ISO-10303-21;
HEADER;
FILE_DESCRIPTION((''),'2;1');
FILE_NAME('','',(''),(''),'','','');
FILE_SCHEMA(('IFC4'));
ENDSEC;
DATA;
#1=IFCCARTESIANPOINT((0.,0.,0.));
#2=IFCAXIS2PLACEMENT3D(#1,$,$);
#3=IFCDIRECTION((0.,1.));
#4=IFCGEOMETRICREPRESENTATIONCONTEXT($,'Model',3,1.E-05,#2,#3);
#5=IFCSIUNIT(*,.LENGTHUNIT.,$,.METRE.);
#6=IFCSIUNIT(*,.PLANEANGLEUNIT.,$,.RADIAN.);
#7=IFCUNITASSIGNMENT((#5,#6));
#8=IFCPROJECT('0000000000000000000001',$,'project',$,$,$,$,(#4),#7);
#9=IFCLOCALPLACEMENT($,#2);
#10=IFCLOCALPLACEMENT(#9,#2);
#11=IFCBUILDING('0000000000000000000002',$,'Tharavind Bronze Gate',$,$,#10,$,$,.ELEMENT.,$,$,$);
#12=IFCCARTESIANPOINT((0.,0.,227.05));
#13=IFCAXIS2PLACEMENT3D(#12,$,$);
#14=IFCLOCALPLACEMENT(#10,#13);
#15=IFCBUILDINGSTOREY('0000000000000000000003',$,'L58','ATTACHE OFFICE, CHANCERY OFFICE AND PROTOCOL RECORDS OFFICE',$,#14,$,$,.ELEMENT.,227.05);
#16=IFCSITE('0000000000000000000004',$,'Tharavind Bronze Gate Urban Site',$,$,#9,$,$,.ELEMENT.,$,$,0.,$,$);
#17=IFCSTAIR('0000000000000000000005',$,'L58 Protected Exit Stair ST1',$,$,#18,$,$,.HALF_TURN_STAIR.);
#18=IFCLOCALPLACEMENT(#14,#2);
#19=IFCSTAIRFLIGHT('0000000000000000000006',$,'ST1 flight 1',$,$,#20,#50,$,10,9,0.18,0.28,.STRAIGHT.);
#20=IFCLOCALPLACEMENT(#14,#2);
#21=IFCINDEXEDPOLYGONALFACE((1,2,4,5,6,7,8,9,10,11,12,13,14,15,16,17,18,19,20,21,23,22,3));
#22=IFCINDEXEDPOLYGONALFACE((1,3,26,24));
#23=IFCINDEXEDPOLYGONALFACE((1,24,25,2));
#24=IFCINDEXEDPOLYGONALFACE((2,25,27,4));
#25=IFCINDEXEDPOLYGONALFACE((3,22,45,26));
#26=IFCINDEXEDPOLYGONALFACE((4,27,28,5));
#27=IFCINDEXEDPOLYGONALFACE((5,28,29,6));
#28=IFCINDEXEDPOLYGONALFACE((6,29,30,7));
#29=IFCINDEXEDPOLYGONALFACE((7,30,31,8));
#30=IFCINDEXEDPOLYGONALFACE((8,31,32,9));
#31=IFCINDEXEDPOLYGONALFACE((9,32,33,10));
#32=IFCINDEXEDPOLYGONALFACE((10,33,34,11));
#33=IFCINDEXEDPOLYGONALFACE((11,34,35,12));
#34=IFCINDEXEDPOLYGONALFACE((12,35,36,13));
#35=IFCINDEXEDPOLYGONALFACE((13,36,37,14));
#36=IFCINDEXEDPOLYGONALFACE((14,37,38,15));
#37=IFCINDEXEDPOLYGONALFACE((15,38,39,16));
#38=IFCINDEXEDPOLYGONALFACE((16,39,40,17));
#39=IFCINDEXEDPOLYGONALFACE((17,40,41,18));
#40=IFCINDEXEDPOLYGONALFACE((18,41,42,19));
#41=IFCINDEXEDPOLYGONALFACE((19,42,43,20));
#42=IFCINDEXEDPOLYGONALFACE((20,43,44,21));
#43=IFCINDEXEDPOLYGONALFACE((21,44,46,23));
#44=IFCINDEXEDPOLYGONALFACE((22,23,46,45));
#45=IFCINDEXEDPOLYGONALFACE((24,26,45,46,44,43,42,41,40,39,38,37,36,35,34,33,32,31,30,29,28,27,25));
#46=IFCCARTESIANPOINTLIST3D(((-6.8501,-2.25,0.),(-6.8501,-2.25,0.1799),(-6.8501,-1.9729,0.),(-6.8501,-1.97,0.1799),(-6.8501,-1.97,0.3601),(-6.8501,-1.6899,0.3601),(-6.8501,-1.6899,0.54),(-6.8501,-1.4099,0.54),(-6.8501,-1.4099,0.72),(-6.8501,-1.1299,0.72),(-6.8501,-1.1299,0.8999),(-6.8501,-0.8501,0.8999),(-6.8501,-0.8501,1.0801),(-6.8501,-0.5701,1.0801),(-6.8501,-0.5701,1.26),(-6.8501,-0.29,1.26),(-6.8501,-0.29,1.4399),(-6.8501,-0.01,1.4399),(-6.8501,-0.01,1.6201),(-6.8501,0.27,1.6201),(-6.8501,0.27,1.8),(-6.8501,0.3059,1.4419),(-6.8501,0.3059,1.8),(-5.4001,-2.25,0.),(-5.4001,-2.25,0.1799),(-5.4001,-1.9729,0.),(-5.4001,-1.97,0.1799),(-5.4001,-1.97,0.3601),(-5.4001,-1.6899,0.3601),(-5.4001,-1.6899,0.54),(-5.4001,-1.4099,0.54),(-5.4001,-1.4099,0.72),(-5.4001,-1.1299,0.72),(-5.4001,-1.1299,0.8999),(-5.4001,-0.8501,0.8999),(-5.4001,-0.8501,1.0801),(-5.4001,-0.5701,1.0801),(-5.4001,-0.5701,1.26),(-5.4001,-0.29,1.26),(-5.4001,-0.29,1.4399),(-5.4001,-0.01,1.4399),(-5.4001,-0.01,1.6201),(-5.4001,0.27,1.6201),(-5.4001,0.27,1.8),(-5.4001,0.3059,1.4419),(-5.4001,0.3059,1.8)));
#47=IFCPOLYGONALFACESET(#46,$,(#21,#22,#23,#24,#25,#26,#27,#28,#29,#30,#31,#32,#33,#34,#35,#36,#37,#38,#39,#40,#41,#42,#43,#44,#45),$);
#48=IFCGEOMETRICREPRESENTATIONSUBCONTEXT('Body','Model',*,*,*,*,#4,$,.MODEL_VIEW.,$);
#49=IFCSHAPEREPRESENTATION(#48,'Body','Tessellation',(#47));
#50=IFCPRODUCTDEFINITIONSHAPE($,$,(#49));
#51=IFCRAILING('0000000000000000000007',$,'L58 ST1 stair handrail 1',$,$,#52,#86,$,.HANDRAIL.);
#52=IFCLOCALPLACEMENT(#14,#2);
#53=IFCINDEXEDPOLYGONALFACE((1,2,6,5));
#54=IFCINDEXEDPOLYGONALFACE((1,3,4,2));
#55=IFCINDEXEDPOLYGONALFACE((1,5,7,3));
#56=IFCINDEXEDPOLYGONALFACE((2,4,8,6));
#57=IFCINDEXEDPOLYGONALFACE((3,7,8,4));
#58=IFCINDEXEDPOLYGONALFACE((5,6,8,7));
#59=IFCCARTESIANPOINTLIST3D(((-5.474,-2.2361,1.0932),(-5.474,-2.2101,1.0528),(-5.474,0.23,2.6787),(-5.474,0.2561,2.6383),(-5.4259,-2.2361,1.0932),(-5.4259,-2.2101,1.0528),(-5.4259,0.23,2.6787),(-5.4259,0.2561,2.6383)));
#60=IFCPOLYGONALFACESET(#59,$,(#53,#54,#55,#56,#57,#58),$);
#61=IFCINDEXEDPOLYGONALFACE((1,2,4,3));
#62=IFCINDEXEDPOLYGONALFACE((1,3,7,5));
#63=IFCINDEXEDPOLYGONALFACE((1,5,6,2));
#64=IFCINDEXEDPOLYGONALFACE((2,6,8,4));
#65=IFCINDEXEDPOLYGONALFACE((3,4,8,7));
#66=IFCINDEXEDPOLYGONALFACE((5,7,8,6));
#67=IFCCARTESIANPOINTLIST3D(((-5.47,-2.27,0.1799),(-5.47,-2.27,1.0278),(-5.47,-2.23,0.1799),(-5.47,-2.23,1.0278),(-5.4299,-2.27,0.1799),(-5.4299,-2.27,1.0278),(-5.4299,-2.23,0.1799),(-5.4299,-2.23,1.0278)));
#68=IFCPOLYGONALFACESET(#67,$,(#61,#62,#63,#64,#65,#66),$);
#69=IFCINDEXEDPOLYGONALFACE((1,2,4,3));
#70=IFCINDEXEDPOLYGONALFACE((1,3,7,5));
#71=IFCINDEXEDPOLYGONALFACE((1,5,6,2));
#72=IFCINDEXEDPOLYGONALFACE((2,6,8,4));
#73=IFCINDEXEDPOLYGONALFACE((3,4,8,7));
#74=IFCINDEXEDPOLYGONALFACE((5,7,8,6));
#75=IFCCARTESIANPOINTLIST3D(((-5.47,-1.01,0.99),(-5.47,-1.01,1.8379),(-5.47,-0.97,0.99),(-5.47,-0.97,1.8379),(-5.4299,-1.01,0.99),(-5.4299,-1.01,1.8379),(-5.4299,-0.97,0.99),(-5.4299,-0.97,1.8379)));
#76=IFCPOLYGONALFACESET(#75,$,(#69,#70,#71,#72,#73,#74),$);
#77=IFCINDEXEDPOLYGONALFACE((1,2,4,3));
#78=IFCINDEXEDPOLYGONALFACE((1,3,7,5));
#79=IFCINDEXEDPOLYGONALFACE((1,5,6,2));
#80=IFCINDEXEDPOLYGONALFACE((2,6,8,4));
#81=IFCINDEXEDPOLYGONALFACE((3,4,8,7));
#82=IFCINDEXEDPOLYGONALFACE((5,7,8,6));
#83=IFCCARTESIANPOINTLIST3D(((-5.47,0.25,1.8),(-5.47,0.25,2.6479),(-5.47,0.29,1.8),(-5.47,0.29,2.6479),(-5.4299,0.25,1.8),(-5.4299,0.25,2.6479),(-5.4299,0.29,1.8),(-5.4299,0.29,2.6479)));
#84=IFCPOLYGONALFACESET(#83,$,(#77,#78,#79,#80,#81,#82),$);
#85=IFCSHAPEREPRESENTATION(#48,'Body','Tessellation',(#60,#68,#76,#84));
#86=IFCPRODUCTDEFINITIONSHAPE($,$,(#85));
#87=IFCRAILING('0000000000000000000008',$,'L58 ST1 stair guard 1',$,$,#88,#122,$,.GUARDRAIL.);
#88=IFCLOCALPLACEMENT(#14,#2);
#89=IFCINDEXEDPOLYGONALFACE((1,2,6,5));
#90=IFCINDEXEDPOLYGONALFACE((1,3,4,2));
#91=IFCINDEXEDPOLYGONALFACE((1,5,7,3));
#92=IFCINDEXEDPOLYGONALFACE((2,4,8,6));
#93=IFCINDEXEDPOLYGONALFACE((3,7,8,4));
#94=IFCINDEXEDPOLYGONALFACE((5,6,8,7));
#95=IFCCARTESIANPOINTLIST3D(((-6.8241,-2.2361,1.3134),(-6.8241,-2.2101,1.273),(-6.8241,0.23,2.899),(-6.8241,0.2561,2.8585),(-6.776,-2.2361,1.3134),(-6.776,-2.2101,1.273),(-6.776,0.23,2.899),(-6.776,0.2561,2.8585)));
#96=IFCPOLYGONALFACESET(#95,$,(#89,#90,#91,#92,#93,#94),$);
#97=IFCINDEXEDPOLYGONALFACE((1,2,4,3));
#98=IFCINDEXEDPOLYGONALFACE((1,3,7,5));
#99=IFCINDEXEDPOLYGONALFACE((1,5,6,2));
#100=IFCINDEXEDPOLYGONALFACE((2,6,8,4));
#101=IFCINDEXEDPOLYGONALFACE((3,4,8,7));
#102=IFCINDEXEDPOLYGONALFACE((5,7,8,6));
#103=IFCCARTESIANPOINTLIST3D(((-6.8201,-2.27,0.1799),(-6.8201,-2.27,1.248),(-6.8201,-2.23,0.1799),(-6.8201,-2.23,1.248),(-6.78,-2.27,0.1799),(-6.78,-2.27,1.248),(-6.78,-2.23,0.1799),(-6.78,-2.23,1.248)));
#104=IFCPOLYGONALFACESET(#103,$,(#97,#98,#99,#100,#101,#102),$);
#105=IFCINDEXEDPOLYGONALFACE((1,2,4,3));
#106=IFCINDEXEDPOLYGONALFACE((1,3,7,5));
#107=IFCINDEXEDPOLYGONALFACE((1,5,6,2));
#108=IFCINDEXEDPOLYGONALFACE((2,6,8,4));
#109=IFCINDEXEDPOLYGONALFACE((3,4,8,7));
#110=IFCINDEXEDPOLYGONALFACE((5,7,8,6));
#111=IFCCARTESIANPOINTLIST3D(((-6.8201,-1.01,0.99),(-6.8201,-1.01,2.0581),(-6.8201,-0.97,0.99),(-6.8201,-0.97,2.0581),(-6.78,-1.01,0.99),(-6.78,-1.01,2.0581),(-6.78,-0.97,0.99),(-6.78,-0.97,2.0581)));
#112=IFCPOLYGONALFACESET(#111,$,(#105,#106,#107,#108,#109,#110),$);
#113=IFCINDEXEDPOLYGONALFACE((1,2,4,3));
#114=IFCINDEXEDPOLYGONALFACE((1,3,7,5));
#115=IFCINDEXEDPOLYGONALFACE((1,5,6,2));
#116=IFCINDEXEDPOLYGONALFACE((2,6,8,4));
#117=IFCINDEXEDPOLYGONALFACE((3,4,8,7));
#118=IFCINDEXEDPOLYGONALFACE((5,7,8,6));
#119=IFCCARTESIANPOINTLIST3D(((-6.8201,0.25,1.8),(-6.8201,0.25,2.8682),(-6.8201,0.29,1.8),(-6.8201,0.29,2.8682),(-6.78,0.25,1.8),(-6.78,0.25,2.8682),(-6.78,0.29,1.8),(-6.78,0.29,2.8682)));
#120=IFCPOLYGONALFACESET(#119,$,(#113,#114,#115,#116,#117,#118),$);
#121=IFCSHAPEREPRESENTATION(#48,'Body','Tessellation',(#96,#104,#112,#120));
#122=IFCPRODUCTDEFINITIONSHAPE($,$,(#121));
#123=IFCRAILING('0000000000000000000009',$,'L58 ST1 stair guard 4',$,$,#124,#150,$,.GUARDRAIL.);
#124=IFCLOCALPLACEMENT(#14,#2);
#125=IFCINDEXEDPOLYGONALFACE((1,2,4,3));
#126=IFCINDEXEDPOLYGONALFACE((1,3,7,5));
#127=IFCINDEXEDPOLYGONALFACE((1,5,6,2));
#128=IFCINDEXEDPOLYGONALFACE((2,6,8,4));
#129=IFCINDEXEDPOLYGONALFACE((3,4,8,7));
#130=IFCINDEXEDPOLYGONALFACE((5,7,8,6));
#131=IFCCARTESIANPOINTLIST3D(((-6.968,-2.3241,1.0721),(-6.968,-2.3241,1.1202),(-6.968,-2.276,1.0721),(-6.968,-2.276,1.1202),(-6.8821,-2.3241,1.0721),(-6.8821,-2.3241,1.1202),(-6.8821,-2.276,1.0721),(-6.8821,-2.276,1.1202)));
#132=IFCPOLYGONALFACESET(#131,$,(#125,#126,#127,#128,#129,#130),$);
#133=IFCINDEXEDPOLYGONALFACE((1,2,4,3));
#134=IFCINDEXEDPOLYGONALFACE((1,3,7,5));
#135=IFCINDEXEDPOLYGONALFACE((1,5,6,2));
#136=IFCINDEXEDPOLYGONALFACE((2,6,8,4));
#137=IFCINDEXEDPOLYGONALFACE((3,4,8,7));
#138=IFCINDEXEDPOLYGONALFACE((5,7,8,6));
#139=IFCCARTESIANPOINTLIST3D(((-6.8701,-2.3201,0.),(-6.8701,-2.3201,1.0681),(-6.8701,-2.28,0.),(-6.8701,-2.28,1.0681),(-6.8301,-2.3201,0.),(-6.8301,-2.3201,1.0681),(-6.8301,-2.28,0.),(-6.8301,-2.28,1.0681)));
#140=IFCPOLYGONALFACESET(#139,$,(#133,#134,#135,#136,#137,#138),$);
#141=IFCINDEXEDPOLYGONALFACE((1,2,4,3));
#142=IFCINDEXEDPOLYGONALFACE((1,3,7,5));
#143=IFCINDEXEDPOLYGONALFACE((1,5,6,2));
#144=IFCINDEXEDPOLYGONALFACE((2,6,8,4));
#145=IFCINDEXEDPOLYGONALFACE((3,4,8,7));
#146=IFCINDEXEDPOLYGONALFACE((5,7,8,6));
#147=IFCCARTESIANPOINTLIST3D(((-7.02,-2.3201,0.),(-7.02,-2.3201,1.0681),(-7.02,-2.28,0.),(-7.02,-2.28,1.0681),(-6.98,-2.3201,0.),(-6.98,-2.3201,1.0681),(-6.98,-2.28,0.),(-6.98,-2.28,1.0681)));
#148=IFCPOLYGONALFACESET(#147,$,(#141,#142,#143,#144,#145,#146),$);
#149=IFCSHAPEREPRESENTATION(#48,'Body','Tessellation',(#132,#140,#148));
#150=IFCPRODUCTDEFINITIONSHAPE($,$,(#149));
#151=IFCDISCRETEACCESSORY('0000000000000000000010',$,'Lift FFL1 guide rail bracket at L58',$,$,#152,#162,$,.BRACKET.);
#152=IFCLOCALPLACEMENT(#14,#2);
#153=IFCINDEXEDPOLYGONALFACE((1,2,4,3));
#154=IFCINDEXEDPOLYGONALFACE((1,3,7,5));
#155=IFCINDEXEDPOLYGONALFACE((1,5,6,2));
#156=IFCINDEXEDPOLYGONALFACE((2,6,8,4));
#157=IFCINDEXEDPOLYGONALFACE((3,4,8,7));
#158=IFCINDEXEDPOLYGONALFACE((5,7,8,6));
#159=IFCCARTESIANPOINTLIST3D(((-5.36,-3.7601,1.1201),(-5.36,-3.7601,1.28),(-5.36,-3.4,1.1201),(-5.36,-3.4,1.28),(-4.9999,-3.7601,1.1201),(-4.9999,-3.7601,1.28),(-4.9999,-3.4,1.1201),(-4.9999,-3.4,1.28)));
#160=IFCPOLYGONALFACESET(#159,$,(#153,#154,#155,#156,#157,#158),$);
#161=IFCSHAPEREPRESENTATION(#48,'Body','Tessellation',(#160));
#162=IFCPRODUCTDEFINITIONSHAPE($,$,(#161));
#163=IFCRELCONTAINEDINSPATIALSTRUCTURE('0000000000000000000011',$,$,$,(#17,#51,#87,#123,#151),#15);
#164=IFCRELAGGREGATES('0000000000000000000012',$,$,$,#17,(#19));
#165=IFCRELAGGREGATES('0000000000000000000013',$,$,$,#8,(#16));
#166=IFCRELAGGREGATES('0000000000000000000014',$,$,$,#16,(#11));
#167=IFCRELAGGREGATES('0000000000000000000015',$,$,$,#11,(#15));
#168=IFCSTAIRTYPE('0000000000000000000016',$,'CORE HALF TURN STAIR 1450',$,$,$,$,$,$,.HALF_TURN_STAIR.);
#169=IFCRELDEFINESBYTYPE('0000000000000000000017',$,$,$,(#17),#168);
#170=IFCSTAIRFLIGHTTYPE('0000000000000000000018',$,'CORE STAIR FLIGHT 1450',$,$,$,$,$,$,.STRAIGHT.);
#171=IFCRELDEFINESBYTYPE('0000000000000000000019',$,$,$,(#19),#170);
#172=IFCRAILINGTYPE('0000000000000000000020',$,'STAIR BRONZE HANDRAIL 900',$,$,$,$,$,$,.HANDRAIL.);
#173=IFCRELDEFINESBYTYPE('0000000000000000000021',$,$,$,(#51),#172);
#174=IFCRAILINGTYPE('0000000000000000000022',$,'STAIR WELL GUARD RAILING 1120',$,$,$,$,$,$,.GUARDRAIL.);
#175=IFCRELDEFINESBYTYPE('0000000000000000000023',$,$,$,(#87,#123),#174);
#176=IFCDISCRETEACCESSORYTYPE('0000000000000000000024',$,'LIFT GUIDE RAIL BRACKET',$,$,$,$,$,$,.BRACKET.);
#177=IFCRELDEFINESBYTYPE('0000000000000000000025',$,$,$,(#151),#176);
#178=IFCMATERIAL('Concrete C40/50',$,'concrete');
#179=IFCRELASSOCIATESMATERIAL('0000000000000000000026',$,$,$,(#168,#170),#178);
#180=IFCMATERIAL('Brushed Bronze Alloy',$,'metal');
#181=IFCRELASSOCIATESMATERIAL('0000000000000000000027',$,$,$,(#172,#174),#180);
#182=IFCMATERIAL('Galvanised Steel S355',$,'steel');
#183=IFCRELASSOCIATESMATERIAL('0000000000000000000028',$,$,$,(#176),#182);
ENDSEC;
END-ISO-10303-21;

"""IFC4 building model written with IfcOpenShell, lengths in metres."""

from ifc_helpers import new_model, si_unit, direction, frame, origin, origin_2d, place, context, subcontext, project, spatial, polyline, rectangle, outline, extrude, material, type_object, element, aggregate, save


model = new_model("IFC4")

# Units and contexts
model_context = context("Model", 3, precision=1e-05, world=origin(), true_north=direction((0.0, 1.0)))
body_context = subcontext(model_context, "Body", "Model", "MODEL_VIEW")
ifc_project = project(units=[si_unit("LENGTHUNIT", "METRE"), si_unit("PLANEANGLEUNIT", "RADIAN")], contexts=[model_context])

# Site, building, storey
site_placement = place(None, origin())
site = spatial("IfcSite", under=ifc_project, at=site_placement, Name="Tharavind Bronze Gate Urban Site", CompositionType="ELEMENT", RefElevation=0.0)
building_placement = place(site_placement, origin())
building = spatial("IfcBuilding", under=site, at=building_placement, Name="Tharavind Bronze Gate", CompositionType="ELEMENT")
storey_placement = place(building_placement, frame((0.0, 0.0, 227.05)))
storey = spatial("IfcBuildingStorey", under=building, at=storey_placement, Name="L58", Description="ATTACHE OFFICE, CHANCERY OFFICE AND PROTOCOL RECORDS OFFICE", CompositionType="ELEMENT", Elevation=227.05)

# Shared definitions
ifc_material_1 = material(Name="Concrete C40/50", Category="concrete")

# Stair, stair flight
stair_type = type_object("IfcStairType", Name="CORE HALF TURN STAIR 1450", PredefinedType="HALF_TURN_STAIR", material=ifc_material_1)
stair_placement = place(storey_placement, origin())
stair = element("IfcStair", 1, at=stair_placement, inside=storey, type_object=stair_type, Name="L58 Protected Exit Stair ST1", PredefinedType="HALF_TURN_STAIR")
stair_flight_type = type_object("IfcStairFlightType", Name="CORE STAIR FLIGHT 1450", PredefinedType="STRAIGHT", material=ifc_material_1)
stair_flight_placement = place(storey_placement, frame((-6.125, -2.25, 0.0), z_axis=(0.0, 0.0, 1.0), x_axis=(0.0, 1.0, 0.0)))
stair_flight = element("IfcStairFlight", 2, at=stair_flight_placement, type_object=stair_flight_type, Name="ST1 flight 1", NumberOfRisers=10, NumberOfTreads=9, PredefinedType="STRAIGHT", RiserHeight=0.18, TreadLength=0.28, context=body_context, shape_type="SweptSolid", body=[
    extrude(outline(polyline([(0.0, 0.0), (0.0, 0.1799), (0.28, 0.1799), (0.28, 0.3601), (0.5601, 0.3601), (0.5601, 0.54), (0.8401, 0.54), (0.8401, 0.72), (1.1201, 0.72), (1.1201, 0.8999), (1.3999, 0.8999), (1.3999, 1.0801), (1.6799, 1.0801), (1.6799, 1.26), (1.96, 1.26), (1.96, 1.4399), (2.24, 1.4399), (2.24, 1.6201), (2.52, 1.6201), (2.52, 1.8), (2.5559, 1.8), (2.5559, 1.4419), (0.2771, 0.0), (0.0, 0.0)])), frame((0.0, 0.7251, 0.0), z_axis=(0.0, -1.0, 0.0), x_axis=(1.0, 0.0, 0.0)), (0.0, 0.0, 1.0), 1.45),
])
aggregate(stair, [stair_flight])

# Railings
ifc_material_2 = material(Name="Brushed Bronze Alloy", Category="metal")
railing_type_1 = type_object("IfcRailingType", Name="STAIR BRONZE HANDRAIL 900", PredefinedType="HANDRAIL", material=ifc_material_2)
railing_1_placement = place(storey_placement, frame((-5.45, -2.25, 0.1799)))
element("IfcRailing", 3, at=railing_1_placement, inside=storey, type_object=railing_type_1, Name="L58 ST1 stair handrail 1", PredefinedType="HANDRAIL", context=body_context, shape_type="SweptSolid", body=[
    extrude(rectangle(XDim=0.0481, YDim=0.0481, at=origin_2d()), frame((0.0, 0.0269, 0.8931), z_axis=(0.0, 0.841163, 0.540782), x_axis=(-1.0, 0.0, 0.0)), (0.0, 0.0, 1.0), 2.9319),
    extrude(rectangle(XDim=0.04, YDim=0.04, at=origin_2d()), origin(), (0.0, 0.0, 1.0), 0.8479),
    extrude(rectangle(XDim=0.04, YDim=0.04, at=origin_2d()), frame((0.0, 1.26, 0.8101)), (0.0, 0.0, 1.0), 0.8479),
    extrude(rectangle(XDim=0.04, YDim=0.04, at=origin_2d()), frame((0.0, 2.52, 1.6201)), (0.0, 0.0, 1.0), 0.8479),
])
railing_type_2 = type_object("IfcRailingType", Name="STAIR WELL GUARD RAILING 1120", PredefinedType="GUARDRAIL", material=ifc_material_2)
railing_2_placement = place(storey_placement, frame((-6.8, -2.25, 0.1799)))
element("IfcRailing", 4, at=railing_2_placement, inside=storey, type_object=railing_type_2, Name="L58 ST1 stair guard 1", PredefinedType="GUARDRAIL", context=body_context, shape_type="SweptSolid", body=[
    extrude(rectangle(XDim=0.0481, YDim=0.0481, at=origin_2d()), frame((0.0, 0.0269, 1.1133), z_axis=(0.0, 0.841163, 0.540782), x_axis=(-1.0, 0.0, 0.0)), (0.0, 0.0, 1.0), 2.9319),
    extrude(rectangle(XDim=0.04, YDim=0.04, at=origin_2d()), origin(), (0.0, 0.0, 1.0), 1.0681),
    extrude(rectangle(XDim=0.04, YDim=0.04, at=origin_2d()), frame((0.0, 1.26, 0.8101)), (0.0, 0.0, 1.0), 1.0681),
    extrude(rectangle(XDim=0.04, YDim=0.04, at=origin_2d()), frame((0.0, 2.52, 1.6201)), (0.0, 0.0, 1.0), 1.0681),
])
railing_3_placement = place(storey_placement, frame((-6.8501, -2.3, 0.0)))
element("IfcRailing", 5, at=railing_3_placement, inside=storey, type_object=railing_type_2, Name="L58 ST1 stair guard 4", PredefinedType="GUARDRAIL", context=body_context, shape_type="SweptSolid", body=[
    extrude(rectangle(XDim=0.0481, YDim=0.0481, at=origin_2d()), frame((-0.032, 0.0, 1.0962), z_axis=(-1.0, 0.0, 0.0), x_axis=(0.0, -1.0, 0.0)), (0.0, 0.0, 1.0), 0.0859),
    extrude(rectangle(XDim=0.04, YDim=0.04, at=origin_2d()), origin(), (0.0, 0.0, 1.0), 1.0681),
    extrude(rectangle(XDim=0.04, YDim=0.04, at=origin_2d()), frame((-0.1499, 0.0, 0.0)), (0.0, 0.0, 1.0), 1.0681),
])

# Discrete accessory
ifc_material_3 = material(Name="Galvanised Steel S355", Category="steel")
discrete_accessory_type = type_object("IfcDiscreteAccessoryType", Name="LIFT GUIDE RAIL BRACKET", PredefinedType="BRACKET", material=ifc_material_3)
discrete_accessory_placement = place(storey_placement, frame((-5.1799, -3.5801, 1.1201), z_axis=(0.0, 0.0, 1.0), x_axis=(1.0, 0.0, 0.0)))
element("IfcDiscreteAccessory", 6, at=discrete_accessory_placement, inside=storey, type_object=discrete_accessory_type, Name="Lift FFL1 guide rail bracket at L58", PredefinedType="BRACKET", context=body_context, shape_type="SweptSolid", body=[
    extrude(rectangle(XDim=0.3601, YDim=0.3601, at=origin_2d()), origin(), (0.0, 0.0, 1.0), 0.1599),
])

save(model, "model.ifc")
